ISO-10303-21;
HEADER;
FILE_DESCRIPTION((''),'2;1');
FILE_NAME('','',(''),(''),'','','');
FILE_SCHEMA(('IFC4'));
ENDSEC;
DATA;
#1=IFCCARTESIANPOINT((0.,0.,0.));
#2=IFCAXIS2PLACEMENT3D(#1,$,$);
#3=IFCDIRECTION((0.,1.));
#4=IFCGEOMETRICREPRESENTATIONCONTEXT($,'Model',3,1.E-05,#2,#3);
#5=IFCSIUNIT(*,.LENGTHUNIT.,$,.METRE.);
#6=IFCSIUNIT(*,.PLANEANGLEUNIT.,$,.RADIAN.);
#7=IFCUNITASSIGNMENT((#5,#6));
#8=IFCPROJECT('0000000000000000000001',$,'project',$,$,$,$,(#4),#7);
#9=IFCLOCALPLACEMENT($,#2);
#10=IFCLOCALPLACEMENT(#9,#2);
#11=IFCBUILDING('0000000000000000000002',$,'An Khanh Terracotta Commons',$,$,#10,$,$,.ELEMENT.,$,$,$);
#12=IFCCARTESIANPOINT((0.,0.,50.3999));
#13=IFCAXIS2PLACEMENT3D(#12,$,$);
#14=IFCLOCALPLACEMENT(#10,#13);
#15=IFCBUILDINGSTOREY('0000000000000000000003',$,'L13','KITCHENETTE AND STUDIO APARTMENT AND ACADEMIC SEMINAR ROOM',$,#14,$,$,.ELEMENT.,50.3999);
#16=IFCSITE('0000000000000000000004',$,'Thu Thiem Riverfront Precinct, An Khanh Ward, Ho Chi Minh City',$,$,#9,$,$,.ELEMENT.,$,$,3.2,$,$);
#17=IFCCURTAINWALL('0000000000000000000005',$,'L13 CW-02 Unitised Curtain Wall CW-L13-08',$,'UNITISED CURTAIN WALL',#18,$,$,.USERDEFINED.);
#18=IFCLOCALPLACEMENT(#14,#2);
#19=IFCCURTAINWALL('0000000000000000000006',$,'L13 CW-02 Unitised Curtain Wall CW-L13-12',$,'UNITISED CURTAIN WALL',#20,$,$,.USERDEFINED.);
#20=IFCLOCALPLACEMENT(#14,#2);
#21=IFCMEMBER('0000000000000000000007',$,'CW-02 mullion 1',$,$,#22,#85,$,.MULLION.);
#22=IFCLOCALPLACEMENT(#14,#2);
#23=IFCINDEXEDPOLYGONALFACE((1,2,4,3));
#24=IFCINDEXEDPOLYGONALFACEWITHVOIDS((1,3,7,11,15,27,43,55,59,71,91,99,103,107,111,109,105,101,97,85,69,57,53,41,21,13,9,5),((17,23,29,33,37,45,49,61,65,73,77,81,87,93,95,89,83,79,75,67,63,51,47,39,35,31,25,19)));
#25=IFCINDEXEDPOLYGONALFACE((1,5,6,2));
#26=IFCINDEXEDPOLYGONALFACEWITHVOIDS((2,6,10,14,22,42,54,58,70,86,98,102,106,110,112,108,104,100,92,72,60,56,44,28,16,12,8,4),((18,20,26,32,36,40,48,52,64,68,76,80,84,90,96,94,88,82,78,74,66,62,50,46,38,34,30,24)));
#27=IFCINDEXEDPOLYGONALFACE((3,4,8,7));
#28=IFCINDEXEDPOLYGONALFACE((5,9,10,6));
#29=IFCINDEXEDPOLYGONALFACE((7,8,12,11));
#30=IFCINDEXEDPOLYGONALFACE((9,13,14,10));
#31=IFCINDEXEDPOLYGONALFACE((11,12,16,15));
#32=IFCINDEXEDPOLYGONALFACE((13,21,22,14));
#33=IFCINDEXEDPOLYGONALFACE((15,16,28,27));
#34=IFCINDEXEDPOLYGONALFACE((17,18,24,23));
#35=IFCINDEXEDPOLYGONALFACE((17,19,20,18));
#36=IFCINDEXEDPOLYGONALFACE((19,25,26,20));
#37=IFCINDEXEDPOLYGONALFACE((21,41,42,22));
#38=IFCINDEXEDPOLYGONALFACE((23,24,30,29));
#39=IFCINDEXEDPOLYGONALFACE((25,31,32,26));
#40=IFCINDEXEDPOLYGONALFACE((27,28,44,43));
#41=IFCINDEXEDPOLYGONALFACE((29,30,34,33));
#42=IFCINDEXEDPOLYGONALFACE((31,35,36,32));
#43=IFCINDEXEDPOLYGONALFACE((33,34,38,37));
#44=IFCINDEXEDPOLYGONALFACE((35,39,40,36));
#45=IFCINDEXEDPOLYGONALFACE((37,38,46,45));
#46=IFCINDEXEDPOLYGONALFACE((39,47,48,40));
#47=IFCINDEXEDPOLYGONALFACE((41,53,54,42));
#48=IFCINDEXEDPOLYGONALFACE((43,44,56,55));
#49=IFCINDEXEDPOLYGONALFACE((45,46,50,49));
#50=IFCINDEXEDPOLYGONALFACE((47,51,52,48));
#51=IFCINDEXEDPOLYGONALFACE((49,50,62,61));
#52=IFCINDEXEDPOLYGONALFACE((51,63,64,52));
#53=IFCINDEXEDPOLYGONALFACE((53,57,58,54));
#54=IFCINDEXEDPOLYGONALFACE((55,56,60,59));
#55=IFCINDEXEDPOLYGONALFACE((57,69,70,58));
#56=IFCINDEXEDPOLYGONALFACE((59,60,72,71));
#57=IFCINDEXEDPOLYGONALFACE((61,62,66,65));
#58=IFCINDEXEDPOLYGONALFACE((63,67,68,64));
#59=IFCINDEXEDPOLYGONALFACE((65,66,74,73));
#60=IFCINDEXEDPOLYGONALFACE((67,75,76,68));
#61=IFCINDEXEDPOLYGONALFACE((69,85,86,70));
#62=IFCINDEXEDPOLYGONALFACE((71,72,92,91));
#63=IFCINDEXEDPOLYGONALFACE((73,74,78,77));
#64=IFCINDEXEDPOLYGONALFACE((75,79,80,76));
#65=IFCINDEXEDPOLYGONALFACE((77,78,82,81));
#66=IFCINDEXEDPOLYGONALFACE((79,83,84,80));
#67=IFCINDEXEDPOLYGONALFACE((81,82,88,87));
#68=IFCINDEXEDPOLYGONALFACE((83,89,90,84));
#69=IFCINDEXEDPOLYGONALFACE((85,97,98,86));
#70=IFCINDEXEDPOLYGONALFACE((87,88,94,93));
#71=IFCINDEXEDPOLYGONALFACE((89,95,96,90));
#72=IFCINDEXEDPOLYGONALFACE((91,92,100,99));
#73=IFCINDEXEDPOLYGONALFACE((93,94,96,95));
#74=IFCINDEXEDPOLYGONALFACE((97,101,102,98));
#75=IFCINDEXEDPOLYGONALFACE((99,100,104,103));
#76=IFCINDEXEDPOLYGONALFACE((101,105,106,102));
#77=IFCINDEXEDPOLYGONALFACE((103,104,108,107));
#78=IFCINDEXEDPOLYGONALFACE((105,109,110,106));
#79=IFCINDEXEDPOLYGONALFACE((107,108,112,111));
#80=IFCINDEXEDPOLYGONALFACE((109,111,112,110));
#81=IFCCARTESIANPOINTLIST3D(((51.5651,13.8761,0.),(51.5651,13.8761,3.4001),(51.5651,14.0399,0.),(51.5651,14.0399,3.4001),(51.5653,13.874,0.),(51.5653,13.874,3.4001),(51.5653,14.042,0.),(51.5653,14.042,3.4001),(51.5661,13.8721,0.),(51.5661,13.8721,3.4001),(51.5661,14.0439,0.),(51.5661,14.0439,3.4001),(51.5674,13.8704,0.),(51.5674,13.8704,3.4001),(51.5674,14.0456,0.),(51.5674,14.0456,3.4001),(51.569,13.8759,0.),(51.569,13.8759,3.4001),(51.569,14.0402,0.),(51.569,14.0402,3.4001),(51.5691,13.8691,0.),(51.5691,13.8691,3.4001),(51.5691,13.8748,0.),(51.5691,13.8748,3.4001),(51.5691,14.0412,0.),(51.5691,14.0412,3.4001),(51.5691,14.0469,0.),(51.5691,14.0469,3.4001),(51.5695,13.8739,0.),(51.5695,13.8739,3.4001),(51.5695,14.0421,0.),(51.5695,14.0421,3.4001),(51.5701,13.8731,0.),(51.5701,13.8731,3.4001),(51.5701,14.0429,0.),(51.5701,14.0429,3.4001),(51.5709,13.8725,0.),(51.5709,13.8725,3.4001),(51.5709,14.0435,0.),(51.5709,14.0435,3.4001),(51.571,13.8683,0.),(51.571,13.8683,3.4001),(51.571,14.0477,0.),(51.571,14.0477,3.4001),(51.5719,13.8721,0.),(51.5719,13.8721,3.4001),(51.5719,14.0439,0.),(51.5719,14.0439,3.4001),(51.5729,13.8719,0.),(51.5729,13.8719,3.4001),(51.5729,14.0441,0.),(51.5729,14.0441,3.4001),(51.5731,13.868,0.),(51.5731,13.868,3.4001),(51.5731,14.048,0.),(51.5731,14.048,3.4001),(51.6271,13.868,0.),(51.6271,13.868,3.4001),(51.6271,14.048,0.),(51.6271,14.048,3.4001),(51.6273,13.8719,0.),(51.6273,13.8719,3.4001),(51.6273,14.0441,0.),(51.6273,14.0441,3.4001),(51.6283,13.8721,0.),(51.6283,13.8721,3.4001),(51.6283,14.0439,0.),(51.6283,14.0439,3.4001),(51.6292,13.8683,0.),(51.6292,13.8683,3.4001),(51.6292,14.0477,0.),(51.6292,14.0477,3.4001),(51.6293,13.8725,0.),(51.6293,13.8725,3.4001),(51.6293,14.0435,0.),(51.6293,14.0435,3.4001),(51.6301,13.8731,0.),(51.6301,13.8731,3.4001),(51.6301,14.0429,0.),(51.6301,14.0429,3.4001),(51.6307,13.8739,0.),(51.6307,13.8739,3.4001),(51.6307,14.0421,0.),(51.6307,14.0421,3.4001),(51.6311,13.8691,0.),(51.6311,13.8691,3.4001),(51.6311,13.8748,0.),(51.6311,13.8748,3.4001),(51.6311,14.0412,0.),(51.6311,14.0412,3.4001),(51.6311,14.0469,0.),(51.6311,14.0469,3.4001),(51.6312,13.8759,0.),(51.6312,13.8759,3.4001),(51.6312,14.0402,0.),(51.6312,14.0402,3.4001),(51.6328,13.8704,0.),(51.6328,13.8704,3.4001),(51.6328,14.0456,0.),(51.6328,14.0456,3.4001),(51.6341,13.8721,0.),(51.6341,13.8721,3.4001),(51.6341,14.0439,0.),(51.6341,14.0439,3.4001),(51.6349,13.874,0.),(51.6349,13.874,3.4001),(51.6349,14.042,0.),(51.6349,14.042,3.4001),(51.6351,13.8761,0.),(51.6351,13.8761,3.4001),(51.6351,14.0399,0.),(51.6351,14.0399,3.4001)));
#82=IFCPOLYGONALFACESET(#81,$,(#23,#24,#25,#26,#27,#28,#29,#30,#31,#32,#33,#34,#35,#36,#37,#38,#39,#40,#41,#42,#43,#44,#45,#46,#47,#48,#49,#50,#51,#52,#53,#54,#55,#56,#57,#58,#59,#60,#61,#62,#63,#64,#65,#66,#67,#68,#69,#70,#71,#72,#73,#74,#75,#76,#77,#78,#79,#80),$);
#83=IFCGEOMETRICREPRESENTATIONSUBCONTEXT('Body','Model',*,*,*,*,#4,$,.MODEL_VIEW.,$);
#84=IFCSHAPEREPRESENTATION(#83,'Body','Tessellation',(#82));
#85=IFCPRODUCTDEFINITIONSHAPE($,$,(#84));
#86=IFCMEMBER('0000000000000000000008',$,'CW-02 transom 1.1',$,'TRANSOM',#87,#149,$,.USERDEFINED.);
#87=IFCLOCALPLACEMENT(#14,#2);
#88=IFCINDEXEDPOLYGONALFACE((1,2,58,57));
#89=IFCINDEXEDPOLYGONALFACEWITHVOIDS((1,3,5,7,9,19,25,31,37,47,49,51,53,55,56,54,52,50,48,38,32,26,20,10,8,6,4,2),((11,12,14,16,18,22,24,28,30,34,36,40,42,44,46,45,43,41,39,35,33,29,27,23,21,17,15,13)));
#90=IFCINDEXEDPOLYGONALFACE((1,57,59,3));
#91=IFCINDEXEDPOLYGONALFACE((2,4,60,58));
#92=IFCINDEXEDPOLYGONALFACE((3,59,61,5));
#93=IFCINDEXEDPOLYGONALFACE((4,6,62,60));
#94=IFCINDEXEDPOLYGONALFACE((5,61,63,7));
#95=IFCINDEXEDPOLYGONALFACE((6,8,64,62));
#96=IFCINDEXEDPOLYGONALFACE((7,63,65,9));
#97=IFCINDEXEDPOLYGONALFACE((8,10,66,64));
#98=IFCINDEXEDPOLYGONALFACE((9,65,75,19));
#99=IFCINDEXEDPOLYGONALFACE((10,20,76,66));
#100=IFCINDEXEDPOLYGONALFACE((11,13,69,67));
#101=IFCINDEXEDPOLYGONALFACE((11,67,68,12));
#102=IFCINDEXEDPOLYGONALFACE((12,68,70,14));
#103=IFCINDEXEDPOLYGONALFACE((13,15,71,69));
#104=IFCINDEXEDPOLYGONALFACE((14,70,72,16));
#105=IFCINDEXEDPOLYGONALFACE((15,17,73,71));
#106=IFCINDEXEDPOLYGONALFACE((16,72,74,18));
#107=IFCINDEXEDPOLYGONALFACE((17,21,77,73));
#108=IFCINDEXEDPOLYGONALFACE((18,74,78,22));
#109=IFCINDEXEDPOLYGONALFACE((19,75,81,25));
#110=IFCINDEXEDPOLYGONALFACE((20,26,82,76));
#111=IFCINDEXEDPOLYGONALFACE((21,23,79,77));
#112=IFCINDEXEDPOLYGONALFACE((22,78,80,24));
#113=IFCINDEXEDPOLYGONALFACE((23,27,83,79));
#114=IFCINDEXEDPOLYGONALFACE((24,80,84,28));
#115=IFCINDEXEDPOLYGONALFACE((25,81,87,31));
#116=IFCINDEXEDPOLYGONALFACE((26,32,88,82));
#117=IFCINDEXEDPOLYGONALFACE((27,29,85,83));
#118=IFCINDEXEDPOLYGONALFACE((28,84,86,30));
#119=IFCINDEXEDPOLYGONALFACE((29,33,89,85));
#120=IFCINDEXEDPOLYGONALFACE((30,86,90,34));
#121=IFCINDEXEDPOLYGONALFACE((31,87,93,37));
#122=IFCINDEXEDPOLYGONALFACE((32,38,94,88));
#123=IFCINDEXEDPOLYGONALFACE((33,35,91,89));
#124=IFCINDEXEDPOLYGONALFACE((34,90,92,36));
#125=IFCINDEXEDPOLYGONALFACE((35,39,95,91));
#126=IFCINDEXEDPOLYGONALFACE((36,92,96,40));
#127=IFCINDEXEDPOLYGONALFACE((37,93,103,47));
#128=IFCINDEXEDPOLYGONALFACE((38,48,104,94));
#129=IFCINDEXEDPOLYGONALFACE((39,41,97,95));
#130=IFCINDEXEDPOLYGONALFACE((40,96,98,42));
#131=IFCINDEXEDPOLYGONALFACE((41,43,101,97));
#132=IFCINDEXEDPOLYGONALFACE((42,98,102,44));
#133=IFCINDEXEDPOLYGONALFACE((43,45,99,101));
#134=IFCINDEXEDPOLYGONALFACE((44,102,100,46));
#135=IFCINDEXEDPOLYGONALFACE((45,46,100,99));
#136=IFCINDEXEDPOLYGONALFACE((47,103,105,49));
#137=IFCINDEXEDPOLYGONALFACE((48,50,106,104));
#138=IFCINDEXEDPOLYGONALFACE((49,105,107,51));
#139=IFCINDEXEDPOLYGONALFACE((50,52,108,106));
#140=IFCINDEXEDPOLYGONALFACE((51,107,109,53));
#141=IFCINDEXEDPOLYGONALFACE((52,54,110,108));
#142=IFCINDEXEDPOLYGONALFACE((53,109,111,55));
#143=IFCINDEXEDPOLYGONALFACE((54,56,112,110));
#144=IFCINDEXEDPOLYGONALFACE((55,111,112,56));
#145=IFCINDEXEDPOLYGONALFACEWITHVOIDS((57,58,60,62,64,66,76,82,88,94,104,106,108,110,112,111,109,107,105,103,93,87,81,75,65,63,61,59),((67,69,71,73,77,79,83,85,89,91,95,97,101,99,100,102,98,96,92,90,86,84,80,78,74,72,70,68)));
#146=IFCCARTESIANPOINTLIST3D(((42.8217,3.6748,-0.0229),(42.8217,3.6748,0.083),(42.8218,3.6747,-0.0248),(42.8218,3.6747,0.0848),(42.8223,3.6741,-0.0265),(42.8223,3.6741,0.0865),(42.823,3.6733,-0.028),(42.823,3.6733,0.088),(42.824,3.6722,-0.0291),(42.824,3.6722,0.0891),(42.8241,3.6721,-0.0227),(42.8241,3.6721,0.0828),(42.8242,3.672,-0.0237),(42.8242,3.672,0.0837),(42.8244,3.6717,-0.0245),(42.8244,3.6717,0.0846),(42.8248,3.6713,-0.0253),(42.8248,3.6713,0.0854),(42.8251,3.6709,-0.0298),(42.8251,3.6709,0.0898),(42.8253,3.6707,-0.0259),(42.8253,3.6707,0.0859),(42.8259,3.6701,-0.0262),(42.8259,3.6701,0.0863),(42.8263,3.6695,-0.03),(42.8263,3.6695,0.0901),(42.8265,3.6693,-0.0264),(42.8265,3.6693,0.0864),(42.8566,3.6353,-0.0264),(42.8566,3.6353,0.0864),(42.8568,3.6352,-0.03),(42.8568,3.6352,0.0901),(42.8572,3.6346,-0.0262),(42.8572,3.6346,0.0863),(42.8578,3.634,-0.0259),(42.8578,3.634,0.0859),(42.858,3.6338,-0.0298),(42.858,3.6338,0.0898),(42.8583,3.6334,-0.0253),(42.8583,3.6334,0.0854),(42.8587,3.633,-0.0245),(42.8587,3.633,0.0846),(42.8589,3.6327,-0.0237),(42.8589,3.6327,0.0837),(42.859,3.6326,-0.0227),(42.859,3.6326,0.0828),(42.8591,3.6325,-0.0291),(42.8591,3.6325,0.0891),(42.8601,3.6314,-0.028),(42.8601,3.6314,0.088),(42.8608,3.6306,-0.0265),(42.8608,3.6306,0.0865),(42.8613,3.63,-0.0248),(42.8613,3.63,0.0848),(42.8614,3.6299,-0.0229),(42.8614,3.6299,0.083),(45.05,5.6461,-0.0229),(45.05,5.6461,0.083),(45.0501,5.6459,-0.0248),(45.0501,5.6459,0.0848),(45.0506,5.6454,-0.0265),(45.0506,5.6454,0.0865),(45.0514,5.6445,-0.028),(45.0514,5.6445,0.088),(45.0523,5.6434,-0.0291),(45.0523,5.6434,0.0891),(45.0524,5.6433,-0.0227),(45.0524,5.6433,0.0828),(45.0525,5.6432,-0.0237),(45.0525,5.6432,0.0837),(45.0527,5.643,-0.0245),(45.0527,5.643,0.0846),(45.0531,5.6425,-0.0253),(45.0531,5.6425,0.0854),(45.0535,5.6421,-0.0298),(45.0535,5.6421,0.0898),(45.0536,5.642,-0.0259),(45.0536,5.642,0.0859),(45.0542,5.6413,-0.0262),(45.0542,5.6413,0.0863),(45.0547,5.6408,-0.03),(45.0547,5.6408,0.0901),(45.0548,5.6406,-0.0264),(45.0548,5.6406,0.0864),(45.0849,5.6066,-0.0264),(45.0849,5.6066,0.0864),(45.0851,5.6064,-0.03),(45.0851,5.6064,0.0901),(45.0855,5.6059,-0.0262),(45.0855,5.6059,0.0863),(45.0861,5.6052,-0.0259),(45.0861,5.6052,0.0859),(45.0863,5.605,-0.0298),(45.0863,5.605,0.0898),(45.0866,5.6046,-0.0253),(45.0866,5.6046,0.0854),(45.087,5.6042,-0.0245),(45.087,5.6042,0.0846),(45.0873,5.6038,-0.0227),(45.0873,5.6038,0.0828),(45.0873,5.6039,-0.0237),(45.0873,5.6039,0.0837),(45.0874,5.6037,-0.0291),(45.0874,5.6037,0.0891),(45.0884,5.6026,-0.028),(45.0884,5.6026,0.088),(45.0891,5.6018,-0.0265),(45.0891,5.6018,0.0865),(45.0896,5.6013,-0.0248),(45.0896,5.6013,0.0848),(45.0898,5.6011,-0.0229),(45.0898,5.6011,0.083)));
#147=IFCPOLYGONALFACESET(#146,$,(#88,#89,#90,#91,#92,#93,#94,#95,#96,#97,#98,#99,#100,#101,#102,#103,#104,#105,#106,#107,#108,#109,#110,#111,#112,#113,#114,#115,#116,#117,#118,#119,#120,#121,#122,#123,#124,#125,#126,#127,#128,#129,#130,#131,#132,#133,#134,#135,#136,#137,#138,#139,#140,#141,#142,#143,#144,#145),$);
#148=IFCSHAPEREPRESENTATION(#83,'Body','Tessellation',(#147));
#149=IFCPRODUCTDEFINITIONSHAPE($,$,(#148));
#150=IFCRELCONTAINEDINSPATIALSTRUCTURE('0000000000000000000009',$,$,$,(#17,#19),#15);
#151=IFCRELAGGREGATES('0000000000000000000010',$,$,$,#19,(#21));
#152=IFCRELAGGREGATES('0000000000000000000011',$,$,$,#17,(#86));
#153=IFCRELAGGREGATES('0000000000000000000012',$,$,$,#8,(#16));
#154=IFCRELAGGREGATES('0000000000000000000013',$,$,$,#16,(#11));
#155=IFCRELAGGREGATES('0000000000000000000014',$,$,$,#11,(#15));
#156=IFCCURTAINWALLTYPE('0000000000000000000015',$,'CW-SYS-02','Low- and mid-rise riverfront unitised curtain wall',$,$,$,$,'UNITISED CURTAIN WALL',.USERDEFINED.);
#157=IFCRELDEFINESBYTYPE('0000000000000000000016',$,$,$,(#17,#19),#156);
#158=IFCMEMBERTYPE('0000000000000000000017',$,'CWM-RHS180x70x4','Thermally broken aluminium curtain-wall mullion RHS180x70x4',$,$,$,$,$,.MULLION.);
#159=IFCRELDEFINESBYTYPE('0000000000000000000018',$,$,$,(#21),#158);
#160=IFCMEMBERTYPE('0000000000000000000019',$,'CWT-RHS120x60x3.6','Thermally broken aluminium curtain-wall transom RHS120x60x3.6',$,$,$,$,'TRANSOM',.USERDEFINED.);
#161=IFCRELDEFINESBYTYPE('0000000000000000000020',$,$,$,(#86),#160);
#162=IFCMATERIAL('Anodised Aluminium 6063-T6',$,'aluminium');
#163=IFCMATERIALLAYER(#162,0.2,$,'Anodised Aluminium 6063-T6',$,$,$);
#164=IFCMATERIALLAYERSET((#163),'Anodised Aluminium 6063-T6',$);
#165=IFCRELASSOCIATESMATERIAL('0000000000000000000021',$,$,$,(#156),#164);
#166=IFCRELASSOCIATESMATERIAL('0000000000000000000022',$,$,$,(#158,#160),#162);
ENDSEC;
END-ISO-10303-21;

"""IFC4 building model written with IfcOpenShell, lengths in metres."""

from ifc_helpers import new_model, si_unit, direction, frame, origin, origin_2d, place, context, subcontext, project, spatial, hollow_rectangle, extrude, material, layer, layer_set, material_profile, profile_set, type_object, element, aggregate, save


model = new_model("IFC4")

# Units and contexts
model_context = context("Model", 3, precision=1e-05, world=origin(), true_north=direction((0.0, 1.0)))
body_context = subcontext(model_context, "Body", "Model", "MODEL_VIEW")
ifc_project = project(units=[si_unit("LENGTHUNIT", "METRE"), si_unit("PLANEANGLEUNIT", "RADIAN")], contexts=[model_context])

# Site, building, storey
site_placement = place(None, origin())
site = spatial("IfcSite", under=ifc_project, at=site_placement, Name="Thu Thiem Riverfront Precinct, An Khanh Ward, Ho Chi Minh City", CompositionType="ELEMENT", RefElevation=3.2)
building_placement = place(site_placement, origin())
building = spatial("IfcBuilding", under=site, at=building_placement, Name="An Khanh Terracotta Commons", CompositionType="ELEMENT")
storey_placement = place(building_placement, frame((0.0, 0.0, 50.3999)))
storey = spatial("IfcBuildingStorey", under=building, at=storey_placement, Name="L13", Description="KITCHENETTE AND STUDIO APARTMENT AND ACADEMIC SEMINAR ROOM", CompositionType="ELEMENT", Elevation=50.3999)

# Curtain wall
ifc_material_1 = material(Name="Anodised Aluminium 6063-T6", Category="aluminium")
ifc_layer_1 = layer(ifc_material_1, 0.2, Name="Anodised Aluminium 6063-T6")
ifc_layer_set_1 = layer_set([ifc_layer_1], Name="Anodised Aluminium 6063-T6")
curtain_wall_type = type_object("IfcCurtainWallType", Name="CW-SYS-02", Description="Low- and mid-rise riverfront unitised curtain wall", ElementType="UNITISED CURTAIN WALL", PredefinedType="USERDEFINED", material=ifc_layer_set_1)
curtain_wall_1_placement = place(storey_placement, origin())
curtain_wall_1 = element("IfcCurtainWall", 1, at=curtain_wall_1_placement, inside=storey, type_object=curtain_wall_type, Name="L13 CW-02 Unitised Curtain Wall CW-L13-08", ObjectType="UNITISED CURTAIN WALL", PredefinedType="USERDEFINED")
ifc_material_profile_1 = material_profile(ifc_material_1, hollow_rectangle(XDim=0.0701, YDim=0.1799, WallThickness=0.0039, InnerFilletRadius=0.0039, OuterFilletRadius=0.0081, at=origin_2d()), Name="RHS180x70x4")
ifc_profile_set_1 = profile_set([ifc_material_profile_1], Name="Anodised Aluminium 6063-T6")
member_type_1 = type_object("IfcMemberType", Name="CWM-RHS180x70x4", Description="Thermally broken aluminium curtain-wall mullion RHS180x70x4", PredefinedType="MULLION", material=ifc_profile_set_1)

# Curtain wall, member
curtain_wall_2_placement = place(storey_placement, origin())
curtain_wall_2 = element("IfcCurtainWall", 2, at=curtain_wall_2_placement, inside=storey, type_object=curtain_wall_type, Name="L13 CW-02 Unitised Curtain Wall CW-L13-12", ObjectType="UNITISED CURTAIN WALL", PredefinedType="USERDEFINED")
member_1_placement = place(storey_placement, frame((51.6001, 13.958, 0.0), z_axis=(0.0, 0.0, 1.0), x_axis=(-1.0, 0.0, 0.0)))
member_1 = element("IfcMember", 3, at=member_1_placement, type_object=member_type_1, Name="CW-02 mullion 1", PredefinedType="MULLION", context=body_context, shape_type="SweptSolid", body=[
    extrude(hollow_rectangle(XDim=0.0701, YDim=0.1799, WallThickness=0.0039, InnerFilletRadius=0.0039, OuterFilletRadius=0.0081, at=origin_2d()), origin(), (0.0, 0.0, 1.0), 3.4001),
])

# Member
ifc_material_profile_2 = material_profile(ifc_material_1, hollow_rectangle(XDim=0.0601, YDim=0.1201, WallThickness=0.0037, InnerFilletRadius=0.0037, OuterFilletRadius=0.0071, at=origin_2d()), Name="RHS120x60x3.6")
ifc_profile_set_2 = profile_set([ifc_material_profile_2], Name="Anodised Aluminium 6063-T6")
member_type_2 = type_object("IfcMemberType", Name="CWT-RHS120x60x3.6", Description="Thermally broken aluminium curtain-wall transom RHS120x60x3.6", ElementType="TRANSOM", PredefinedType="USERDEFINED", material=ifc_profile_set_2)
member_2_placement = place(storey_placement, frame((42.8416, 3.6523, 0.03), z_axis=(0.748992, 0.662579, 0.0), x_axis=(-0.662579, 0.748992, 0.0)))
member_2 = element("IfcMember", 4, at=member_2_placement, type_object=member_type_2, Name="CW-02 transom 1.1", ObjectType="TRANSOM", PredefinedType="USERDEFINED", context=body_context, shape_type="SweptSolid", body=[
    extrude(hollow_rectangle(XDim=0.0601, YDim=0.1201, WallThickness=0.0037, InnerFilletRadius=0.0037, OuterFilletRadius=0.0071, at=origin_2d()), origin(), (0.0, 0.0, 1.0), 2.9751),
])
aggregate(curtain_wall_2, [member_1])

aggregate(curtain_wall_1, [member_2])

save(model, "model.ifc")
